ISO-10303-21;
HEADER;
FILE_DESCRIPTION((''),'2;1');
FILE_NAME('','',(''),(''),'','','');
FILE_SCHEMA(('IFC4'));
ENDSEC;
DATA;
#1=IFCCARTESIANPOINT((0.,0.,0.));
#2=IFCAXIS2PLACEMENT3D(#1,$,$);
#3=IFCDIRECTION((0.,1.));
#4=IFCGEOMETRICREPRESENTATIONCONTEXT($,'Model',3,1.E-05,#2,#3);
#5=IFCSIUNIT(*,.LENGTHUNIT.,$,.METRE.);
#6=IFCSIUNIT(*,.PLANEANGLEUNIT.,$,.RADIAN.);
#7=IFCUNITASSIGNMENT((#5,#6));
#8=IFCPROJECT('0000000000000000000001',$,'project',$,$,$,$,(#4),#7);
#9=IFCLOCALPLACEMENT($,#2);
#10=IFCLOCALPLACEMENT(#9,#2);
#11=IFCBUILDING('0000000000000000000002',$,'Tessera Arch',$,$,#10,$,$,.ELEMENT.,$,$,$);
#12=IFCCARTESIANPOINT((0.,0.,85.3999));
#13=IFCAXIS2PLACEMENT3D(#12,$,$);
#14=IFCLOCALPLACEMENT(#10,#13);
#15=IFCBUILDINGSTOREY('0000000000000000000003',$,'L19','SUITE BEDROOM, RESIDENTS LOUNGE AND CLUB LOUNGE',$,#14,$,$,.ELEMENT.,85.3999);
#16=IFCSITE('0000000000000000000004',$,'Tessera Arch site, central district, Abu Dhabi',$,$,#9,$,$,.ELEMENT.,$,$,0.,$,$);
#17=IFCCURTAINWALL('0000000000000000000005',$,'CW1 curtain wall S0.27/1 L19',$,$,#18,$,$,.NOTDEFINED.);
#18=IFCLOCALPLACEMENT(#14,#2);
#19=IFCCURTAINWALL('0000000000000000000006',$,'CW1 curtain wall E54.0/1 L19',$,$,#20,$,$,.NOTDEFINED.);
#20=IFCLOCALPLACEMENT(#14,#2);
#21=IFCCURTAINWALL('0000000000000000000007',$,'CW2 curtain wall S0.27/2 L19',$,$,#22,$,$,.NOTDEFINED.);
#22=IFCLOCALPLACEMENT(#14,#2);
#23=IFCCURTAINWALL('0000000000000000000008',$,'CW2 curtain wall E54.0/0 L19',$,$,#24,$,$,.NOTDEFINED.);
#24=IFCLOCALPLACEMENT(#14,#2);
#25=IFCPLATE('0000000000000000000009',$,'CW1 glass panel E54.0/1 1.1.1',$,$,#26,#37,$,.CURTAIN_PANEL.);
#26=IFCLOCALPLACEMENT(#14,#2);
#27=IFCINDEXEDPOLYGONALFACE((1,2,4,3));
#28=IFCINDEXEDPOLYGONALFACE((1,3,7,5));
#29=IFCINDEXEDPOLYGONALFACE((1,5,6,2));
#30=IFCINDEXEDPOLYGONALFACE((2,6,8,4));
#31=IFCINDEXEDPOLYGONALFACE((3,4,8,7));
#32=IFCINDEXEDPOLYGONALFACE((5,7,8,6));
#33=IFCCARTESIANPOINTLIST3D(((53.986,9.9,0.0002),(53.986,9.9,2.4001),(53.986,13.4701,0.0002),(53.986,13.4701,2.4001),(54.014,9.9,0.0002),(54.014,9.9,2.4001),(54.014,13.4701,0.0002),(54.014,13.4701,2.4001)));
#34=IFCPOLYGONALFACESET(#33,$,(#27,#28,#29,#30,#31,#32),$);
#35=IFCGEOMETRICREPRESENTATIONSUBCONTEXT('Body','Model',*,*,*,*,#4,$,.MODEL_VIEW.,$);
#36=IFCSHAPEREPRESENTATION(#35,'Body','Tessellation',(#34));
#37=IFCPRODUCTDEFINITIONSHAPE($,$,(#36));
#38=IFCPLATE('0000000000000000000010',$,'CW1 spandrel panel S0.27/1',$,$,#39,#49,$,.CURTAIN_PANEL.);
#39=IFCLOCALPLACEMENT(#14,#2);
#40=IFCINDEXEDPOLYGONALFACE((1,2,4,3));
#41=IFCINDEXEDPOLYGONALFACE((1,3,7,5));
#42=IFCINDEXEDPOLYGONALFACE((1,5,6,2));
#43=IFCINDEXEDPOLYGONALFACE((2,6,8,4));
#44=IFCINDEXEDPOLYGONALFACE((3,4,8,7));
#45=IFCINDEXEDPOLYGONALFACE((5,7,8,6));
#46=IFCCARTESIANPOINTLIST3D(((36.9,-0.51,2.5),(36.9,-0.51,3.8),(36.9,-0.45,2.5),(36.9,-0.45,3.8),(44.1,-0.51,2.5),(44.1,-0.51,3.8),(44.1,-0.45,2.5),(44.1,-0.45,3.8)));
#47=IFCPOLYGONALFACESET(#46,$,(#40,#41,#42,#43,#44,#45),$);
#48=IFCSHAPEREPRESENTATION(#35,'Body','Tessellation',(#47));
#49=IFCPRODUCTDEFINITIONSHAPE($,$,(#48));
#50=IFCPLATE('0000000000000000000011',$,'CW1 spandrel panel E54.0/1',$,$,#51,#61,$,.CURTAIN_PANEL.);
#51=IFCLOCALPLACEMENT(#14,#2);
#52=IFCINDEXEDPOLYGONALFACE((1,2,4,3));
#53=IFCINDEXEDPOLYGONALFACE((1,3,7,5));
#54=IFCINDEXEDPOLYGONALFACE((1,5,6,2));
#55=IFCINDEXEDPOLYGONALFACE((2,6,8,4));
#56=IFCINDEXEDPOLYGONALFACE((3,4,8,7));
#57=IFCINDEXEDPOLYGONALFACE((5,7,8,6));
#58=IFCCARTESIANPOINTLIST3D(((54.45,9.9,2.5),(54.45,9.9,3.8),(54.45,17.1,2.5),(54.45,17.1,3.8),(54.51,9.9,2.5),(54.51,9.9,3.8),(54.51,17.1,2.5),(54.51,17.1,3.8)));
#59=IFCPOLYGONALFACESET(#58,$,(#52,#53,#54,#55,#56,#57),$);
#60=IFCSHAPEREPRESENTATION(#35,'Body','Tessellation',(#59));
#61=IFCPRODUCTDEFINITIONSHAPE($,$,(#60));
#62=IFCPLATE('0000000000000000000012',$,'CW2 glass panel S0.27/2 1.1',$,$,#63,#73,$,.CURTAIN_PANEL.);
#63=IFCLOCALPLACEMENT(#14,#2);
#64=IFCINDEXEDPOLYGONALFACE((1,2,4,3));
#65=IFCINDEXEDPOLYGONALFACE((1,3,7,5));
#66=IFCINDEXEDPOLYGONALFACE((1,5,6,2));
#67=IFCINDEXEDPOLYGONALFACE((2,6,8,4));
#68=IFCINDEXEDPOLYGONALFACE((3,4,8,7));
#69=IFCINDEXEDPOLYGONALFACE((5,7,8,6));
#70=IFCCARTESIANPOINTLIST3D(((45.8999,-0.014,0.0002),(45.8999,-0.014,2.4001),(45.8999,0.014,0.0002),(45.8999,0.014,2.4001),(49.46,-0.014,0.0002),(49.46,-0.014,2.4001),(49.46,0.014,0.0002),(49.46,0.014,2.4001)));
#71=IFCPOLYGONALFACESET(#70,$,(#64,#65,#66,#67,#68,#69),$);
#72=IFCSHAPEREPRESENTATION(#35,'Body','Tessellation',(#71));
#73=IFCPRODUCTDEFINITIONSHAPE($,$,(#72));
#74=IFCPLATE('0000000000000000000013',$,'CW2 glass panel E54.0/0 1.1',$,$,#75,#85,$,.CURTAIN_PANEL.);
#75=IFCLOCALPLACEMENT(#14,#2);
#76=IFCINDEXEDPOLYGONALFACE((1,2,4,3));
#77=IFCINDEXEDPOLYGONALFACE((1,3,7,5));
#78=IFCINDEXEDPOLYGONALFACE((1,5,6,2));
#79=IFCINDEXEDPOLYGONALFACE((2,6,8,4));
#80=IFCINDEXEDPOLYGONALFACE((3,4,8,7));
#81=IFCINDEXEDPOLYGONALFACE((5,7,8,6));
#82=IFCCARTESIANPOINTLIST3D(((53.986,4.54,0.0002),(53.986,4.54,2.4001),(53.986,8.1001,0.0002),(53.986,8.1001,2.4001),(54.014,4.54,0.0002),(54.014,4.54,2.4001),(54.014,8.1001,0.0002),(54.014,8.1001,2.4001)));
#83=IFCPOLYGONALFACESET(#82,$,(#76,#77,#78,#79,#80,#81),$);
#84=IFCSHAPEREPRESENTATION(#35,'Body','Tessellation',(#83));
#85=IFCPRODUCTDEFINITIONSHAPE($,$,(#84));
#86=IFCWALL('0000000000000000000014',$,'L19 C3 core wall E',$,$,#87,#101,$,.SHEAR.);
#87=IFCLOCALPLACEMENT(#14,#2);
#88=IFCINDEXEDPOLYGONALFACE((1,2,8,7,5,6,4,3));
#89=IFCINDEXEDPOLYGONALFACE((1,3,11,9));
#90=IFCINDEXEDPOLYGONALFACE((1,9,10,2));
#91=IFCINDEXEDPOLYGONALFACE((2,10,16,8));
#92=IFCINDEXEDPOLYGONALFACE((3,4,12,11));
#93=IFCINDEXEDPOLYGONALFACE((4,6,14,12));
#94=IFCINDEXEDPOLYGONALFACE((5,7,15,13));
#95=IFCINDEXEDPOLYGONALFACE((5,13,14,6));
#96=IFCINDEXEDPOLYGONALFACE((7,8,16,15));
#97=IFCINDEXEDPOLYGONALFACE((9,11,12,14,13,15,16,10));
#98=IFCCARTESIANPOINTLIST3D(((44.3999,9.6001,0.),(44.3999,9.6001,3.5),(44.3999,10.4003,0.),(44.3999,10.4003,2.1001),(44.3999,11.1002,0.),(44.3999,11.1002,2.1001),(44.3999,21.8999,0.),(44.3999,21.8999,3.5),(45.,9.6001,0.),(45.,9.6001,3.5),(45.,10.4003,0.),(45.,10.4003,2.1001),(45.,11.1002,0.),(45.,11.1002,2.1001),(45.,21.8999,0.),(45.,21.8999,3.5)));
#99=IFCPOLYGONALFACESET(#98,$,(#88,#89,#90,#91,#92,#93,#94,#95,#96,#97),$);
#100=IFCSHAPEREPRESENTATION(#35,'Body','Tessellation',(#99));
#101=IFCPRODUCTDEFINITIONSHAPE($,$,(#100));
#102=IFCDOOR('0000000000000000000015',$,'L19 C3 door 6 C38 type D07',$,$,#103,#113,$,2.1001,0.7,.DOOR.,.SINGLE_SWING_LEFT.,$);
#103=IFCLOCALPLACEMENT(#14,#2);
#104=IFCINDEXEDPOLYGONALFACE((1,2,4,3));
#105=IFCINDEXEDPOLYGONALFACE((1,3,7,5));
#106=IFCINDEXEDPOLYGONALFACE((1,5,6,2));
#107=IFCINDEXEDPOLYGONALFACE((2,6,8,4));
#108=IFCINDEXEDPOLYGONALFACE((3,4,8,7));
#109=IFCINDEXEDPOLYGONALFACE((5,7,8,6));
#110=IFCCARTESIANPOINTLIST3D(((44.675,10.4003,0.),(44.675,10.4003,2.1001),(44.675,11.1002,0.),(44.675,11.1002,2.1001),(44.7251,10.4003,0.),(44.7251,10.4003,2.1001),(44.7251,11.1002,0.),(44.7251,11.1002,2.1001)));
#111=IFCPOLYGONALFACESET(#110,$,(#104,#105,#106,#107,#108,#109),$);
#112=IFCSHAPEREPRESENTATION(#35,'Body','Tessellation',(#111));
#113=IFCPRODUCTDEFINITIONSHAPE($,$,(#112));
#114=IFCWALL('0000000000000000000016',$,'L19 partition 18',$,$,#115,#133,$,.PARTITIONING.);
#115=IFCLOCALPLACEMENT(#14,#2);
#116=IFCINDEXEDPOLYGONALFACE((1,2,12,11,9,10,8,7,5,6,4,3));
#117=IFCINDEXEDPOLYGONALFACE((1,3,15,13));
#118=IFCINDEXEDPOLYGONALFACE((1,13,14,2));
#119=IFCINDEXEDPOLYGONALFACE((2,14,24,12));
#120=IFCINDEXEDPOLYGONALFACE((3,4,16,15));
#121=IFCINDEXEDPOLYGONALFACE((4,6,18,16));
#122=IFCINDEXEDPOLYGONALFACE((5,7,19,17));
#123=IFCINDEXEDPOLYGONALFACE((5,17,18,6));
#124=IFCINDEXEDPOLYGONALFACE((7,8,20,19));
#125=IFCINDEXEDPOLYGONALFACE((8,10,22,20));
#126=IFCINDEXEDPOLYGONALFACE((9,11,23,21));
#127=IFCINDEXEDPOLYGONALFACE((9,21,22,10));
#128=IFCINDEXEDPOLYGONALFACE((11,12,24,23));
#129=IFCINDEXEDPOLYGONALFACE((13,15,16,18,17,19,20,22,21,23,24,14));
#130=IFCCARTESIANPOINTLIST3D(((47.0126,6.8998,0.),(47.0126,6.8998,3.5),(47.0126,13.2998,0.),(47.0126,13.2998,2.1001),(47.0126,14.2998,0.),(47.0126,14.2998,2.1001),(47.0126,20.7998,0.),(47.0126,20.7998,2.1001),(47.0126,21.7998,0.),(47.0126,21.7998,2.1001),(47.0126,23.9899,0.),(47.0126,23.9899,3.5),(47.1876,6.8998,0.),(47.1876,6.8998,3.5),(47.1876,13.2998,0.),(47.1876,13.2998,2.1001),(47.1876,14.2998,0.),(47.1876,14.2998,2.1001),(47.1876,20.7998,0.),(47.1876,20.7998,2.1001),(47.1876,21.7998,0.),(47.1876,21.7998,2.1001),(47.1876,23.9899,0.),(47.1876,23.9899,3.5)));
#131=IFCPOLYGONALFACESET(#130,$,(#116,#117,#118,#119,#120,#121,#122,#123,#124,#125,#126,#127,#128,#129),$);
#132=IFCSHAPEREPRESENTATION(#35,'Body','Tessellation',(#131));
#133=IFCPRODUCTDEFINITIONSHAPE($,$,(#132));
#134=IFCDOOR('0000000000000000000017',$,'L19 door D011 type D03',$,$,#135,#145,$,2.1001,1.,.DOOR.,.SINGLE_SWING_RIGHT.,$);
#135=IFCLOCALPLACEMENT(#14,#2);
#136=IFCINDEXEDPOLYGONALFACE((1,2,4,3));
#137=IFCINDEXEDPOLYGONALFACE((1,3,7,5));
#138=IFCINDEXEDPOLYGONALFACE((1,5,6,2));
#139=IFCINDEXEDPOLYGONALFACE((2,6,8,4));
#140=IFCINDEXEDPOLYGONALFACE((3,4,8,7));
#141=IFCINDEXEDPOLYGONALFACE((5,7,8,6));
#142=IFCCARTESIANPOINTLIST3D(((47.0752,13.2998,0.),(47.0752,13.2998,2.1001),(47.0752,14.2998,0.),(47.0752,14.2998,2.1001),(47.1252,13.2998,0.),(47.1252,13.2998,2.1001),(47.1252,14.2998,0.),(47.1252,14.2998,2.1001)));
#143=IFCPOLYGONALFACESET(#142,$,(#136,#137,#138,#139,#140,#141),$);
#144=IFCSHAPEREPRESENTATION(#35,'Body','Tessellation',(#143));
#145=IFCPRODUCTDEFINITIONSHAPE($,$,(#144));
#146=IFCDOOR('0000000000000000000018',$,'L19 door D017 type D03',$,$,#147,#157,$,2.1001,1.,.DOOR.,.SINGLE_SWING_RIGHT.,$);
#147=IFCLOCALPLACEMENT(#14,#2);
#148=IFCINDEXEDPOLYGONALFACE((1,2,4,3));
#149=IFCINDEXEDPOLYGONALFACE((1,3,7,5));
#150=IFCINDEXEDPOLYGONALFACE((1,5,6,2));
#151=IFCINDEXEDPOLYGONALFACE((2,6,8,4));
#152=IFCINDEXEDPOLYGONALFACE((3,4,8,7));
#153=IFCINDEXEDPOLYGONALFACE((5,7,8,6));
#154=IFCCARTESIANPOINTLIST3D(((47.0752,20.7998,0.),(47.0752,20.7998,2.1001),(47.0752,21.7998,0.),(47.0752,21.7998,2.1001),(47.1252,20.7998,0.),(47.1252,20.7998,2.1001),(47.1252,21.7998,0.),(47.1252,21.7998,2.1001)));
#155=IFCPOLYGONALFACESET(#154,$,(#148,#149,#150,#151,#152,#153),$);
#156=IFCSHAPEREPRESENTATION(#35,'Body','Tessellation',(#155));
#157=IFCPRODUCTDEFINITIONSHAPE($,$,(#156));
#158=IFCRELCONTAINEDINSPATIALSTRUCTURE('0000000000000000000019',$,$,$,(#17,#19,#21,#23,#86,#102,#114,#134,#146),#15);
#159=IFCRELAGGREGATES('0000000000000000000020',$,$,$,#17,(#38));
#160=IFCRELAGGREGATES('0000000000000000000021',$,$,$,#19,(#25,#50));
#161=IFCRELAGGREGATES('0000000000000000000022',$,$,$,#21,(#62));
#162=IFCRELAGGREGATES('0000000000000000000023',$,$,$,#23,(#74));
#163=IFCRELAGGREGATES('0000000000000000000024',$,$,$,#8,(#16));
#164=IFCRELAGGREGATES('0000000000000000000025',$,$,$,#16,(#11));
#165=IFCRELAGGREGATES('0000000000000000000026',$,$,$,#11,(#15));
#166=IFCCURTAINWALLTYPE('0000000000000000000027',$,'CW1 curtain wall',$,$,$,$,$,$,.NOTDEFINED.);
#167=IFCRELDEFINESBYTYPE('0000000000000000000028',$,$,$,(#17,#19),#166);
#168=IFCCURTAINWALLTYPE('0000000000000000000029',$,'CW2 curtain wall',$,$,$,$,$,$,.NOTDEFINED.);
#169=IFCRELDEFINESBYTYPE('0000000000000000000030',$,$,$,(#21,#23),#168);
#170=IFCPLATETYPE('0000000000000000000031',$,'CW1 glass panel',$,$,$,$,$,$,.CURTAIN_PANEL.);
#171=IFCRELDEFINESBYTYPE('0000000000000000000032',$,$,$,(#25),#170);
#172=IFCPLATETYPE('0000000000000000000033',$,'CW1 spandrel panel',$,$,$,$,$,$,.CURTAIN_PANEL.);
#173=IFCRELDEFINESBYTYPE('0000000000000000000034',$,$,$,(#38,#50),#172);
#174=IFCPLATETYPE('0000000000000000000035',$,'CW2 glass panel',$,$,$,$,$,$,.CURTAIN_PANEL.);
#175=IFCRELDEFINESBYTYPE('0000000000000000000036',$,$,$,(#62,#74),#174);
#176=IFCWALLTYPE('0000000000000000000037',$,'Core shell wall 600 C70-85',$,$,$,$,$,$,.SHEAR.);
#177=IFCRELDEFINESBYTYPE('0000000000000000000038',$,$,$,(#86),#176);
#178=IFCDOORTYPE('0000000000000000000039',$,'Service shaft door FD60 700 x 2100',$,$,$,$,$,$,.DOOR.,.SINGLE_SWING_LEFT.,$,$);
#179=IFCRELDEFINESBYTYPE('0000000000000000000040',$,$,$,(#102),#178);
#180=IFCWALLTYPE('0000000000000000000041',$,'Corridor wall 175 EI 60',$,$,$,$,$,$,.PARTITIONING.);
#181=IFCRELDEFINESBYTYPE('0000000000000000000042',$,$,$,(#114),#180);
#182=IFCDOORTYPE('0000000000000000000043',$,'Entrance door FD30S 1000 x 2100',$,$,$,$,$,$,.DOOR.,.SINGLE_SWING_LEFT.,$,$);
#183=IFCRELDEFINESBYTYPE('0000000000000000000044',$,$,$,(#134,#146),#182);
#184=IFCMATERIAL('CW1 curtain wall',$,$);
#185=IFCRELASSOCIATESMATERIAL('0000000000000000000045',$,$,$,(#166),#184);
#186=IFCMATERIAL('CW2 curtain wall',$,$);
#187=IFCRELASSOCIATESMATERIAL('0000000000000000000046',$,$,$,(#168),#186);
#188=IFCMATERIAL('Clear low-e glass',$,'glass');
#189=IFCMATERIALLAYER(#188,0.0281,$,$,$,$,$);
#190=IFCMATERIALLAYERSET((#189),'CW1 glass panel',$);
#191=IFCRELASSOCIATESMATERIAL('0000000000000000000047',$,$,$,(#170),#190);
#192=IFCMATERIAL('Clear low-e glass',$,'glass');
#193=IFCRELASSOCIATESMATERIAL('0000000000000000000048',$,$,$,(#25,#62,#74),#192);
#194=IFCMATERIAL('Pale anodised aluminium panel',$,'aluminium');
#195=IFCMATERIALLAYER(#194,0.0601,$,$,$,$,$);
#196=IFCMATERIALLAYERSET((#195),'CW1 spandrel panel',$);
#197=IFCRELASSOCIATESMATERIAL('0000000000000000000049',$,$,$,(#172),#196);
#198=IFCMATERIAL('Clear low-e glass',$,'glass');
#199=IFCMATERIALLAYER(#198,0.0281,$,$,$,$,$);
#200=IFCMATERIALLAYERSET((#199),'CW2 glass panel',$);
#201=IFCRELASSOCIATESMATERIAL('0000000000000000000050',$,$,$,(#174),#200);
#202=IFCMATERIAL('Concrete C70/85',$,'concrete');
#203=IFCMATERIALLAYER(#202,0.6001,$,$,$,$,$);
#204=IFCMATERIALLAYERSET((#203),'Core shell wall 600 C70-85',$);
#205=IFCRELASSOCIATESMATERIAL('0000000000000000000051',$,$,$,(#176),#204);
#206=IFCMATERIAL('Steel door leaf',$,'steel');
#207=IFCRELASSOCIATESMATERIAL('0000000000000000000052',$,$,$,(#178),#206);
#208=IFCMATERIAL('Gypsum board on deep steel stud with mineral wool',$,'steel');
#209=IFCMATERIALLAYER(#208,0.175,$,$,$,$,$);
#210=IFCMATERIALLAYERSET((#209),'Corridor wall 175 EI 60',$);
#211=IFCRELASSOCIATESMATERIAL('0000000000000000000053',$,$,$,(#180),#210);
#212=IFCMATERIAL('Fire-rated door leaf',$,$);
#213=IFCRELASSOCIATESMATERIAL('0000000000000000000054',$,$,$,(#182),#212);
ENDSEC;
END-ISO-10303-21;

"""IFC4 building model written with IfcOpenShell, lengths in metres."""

from ifc_helpers import new_model, si_unit, direction, frame, frame_2d, origin, origin_2d, place, context, subcontext, project, spatial, rectangle, extrude, material, layer, layer_set, type_object, element, fill, aggregate, save


model = new_model("IFC4")

# Units and contexts
model_context = context("Model", 3, precision=1e-05, world=origin(), true_north=direction((0.0, 1.0)))
body_context = subcontext(model_context, "Body", "Model", "MODEL_VIEW")
ifc_project = project(units=[si_unit("LENGTHUNIT", "METRE"), si_unit("PLANEANGLEUNIT", "RADIAN")], contexts=[model_context])

# Site, building, storey
site_placement = place(None, origin())
site = spatial("IfcSite", under=ifc_project, at=site_placement, Name="Tessera Arch site, central district, Abu Dhabi", CompositionType="ELEMENT", RefElevation=0.0)
building_placement = place(site_placement, origin())
building = spatial("IfcBuilding", under=site, at=building_placement, Name="Tessera Arch", CompositionType="ELEMENT")
storey_placement = place(building_placement, frame((0.0, 0.0, 85.3999)))
storey = spatial("IfcBuildingStorey", under=building, at=storey_placement, Name="L19", Description="SUITE BEDROOM, RESIDENTS LOUNGE AND CLUB LOUNGE", CompositionType="ELEMENT", Elevation=85.3999)

# Curtain wall
ifc_material_1 = material(Name="CW1 curtain wall")
curtain_wall_type_1 = type_object("IfcCurtainWallType", Name="CW1 curtain wall", PredefinedType="NOTDEFINED", material=ifc_material_1)
curtain_wall_1_placement = place(storey_placement, origin())
curtain_wall_1 = element("IfcCurtainWall", 1, at=curtain_wall_1_placement, inside=storey, type_object=curtain_wall_type_1, Name="CW1 curtain wall S0.27/1 L19", PredefinedType="NOTDEFINED")

# Curtain wall
curtain_wall_2_placement = place(storey_placement, origin())
curtain_wall_2 = element("IfcCurtainWall", 2, at=curtain_wall_2_placement, inside=storey, type_object=curtain_wall_type_1, Name="CW1 curtain wall E54.0/1 L19", PredefinedType="NOTDEFINED")

# Curtain walls
ifc_material_2 = material(Name="CW2 curtain wall")
curtain_wall_type_2 = type_object("IfcCurtainWallType", Name="CW2 curtain wall", PredefinedType="NOTDEFINED", material=ifc_material_2)
curtain_wall_3_placement = place(storey_placement, origin())
curtain_wall_3 = element("IfcCurtainWall", 3, at=curtain_wall_3_placement, inside=storey, type_object=curtain_wall_type_2, Name="CW2 curtain wall S0.27/2 L19", PredefinedType="NOTDEFINED")
curtain_wall_4_placement = place(storey_placement, origin())
curtain_wall_4 = element("IfcCurtainWall", 4, at=curtain_wall_4_placement, inside=storey, type_object=curtain_wall_type_2, Name="CW2 curtain wall E54.0/0 L19", PredefinedType="NOTDEFINED")

# Plates
ifc_material_3 = material(Name="Clear low-e glass", Category="glass")
ifc_material_4 = material(Name="Clear low-e glass", Category="glass")
ifc_layer_1 = layer(ifc_material_4, 0.0281)
ifc_layer_set_1 = layer_set([ifc_layer_1], Name="CW1 glass panel")
plate_type_1 = type_object("IfcPlateType", Name="CW1 glass panel", PredefinedType="CURTAIN_PANEL", material=ifc_layer_set_1)
plate_1_placement = place(storey_placement, frame((54.0, 11.6851, 0.0002), z_axis=(0.0, 0.0, 1.0), x_axis=(0.0, 1.0, 0.0)))
plate_1 = element("IfcPlate", 5, at=plate_1_placement, type_object=plate_type_1, material=ifc_material_3, Name="CW1 glass panel E54.0/1 1.1.1", PredefinedType="CURTAIN_PANEL", context=body_context, shape_type="SweptSolid", body=[
    extrude(rectangle(XDim=3.5701, YDim=0.0281, at=origin_2d()), origin(), (0.0, 0.0, 1.0), 2.3999),
])
ifc_material_5 = material(Name="Pale anodised aluminium panel", Category="aluminium")
ifc_layer_2 = layer(ifc_material_5, 0.0601)
ifc_layer_set_2 = layer_set([ifc_layer_2], Name="CW1 spandrel panel")
plate_type_2 = type_object("IfcPlateType", Name="CW1 spandrel panel", PredefinedType="CURTAIN_PANEL", material=ifc_layer_set_2)
plate_2_placement = place(storey_placement, frame((40.5, -0.48, 2.5), z_axis=(0.0, 0.0, 1.0), x_axis=(1.0, 0.0, 0.0)))
plate_2 = element("IfcPlate", 6, at=plate_2_placement, type_object=plate_type_2, Name="CW1 spandrel panel S0.27/1", PredefinedType="CURTAIN_PANEL", context=body_context, shape_type="SweptSolid", body=[
    extrude(rectangle(XDim=7.2, YDim=0.0601, at=origin_2d()), origin(), (0.0, 0.0, 1.0), 1.3),
])
aggregate(curtain_wall_1, [plate_2])
plate_3_placement = place(storey_placement, frame((54.48, 13.5, 2.5), z_axis=(0.0, 0.0, 1.0), x_axis=(0.0, 1.0, 0.0)))
plate_3 = element("IfcPlate", 7, at=plate_3_placement, type_object=plate_type_2, Name="CW1 spandrel panel E54.0/1", PredefinedType="CURTAIN_PANEL", context=body_context, shape_type="SweptSolid", body=[
    extrude(rectangle(XDim=7.2, YDim=0.0601, at=origin_2d()), origin(), (0.0, 0.0, 1.0), 1.3),
])
aggregate(curtain_wall_2, [plate_1, plate_3])
ifc_material_6 = material(Name="Clear low-e glass", Category="glass")
ifc_layer_3 = layer(ifc_material_6, 0.0281)
ifc_layer_set_3 = layer_set([ifc_layer_3], Name="CW2 glass panel")
plate_type_3 = type_object("IfcPlateType", Name="CW2 glass panel", PredefinedType="CURTAIN_PANEL", material=ifc_layer_set_3)
plate_4_placement = place(storey_placement, frame((47.6799, 0.0, 0.0002), z_axis=(0.0, 0.0, 1.0), x_axis=(1.0, 0.0, 0.0)))
plate_4 = element("IfcPlate", 8, at=plate_4_placement, type_object=plate_type_3, material=ifc_material_3, Name="CW2 glass panel S0.27/2 1.1", PredefinedType="CURTAIN_PANEL", context=body_context, shape_type="SweptSolid", body=[
    extrude(rectangle(XDim=3.5601, YDim=0.0281, at=origin_2d()), origin(), (0.0, 0.0, 1.0), 2.3999),
])
aggregate(curtain_wall_3, [plate_4])
plate_5_placement = place(storey_placement, frame((54.0, 6.3201, 0.0002), z_axis=(0.0, 0.0, 1.0), x_axis=(0.0, 1.0, 0.0)))
plate_5 = element("IfcPlate", 9, at=plate_5_placement, type_object=plate_type_3, material=ifc_material_3, Name="CW2 glass panel E54.0/0 1.1", PredefinedType="CURTAIN_PANEL", context=body_context, shape_type="SweptSolid", body=[
    extrude(rectangle(XDim=3.5601, YDim=0.0281, at=origin_2d()), origin(), (0.0, 0.0, 1.0), 2.3999),
])
aggregate(curtain_wall_4, [plate_5])

# Wall, opening, door
ifc_material_7 = material(Name="Concrete C70/85", Category="concrete")
ifc_layer_4 = layer(ifc_material_7, 0.6001)
ifc_layer_set_4 = layer_set([ifc_layer_4], Name="Core shell wall 600 C70-85")
wall_type_1 = type_object("IfcWallType", Name="Core shell wall 600 C70-85", PredefinedType="SHEAR", material=ifc_layer_set_4)
wall_1_placement = place(storey_placement, frame((44.7, 9.6001, 0.0), z_axis=(0.0, 0.0, 1.0), x_axis=(0.0, 1.0, 0.0)))
wall_1 = element("IfcWall", 10, at=wall_1_placement, inside=storey, type_object=wall_type_1, Name="L19 C3 core wall E", PredefinedType="SHEAR", context=body_context, shape_type="SweptSolid", body=[
    extrude(rectangle(XDim=12.2998, YDim=0.6001, at=frame_2d((6.1499, 0.0))), origin(), (0.0, 0.0, 1.0), 3.5),
])
opening_1_placement = place(wall_1_placement, frame((0.8, 0.0, 0.0)))
opening_1 = element("IfcOpeningElement", 11, at=opening_1_placement, cuts=wall_1, PredefinedType="OPENING", context=body_context, shape_type="SweptSolid", body=[
    extrude(rectangle(XDim=0.7, YDim=2.1001, at=frame_2d((0.3501, 1.05))), frame((0.0, 0.3101, 0.0), z_axis=(0.0, -1.0, 0.0), x_axis=(1.0, 0.0, 0.0)), (0.0, 0.0, 1.0), 0.6201),
])
ifc_material_8 = material(Name="Steel door leaf", Category="steel")
door_type_1 = type_object("IfcDoorType", Name="Service shaft door FD60 700 x 2100", OperationType="SINGLE_SWING_LEFT", PredefinedType="DOOR", material=ifc_material_8)
door_1_placement = place(opening_1_placement, origin())
door_1 = element("IfcDoor", 12, at=door_1_placement, inside=storey, type_object=door_type_1, Name="L19 C3 door 6 C38 type D07", OperationType="SINGLE_SWING_LEFT", OverallHeight=2.1001, OverallWidth=0.7, PredefinedType="DOOR", context=body_context, shape_type="SweptSolid", body=[
    extrude(rectangle(XDim=0.7, YDim=2.1001, at=frame_2d((0.3501, 1.05))), frame((0.0, 0.0249, 0.0), z_axis=(0.0, -1.0, 0.0), x_axis=(1.0, 0.0, 0.0)), (0.0, 0.0, 1.0), 0.05),
])
fill(opening_1, door_1)

# Wall, openings, doors
ifc_material_9 = material(Name="Gypsum board on deep steel stud with mineral wool", Category="steel")
ifc_layer_5 = layer(ifc_material_9, 0.175)
ifc_layer_set_5 = layer_set([ifc_layer_5], Name="Corridor wall 175 EI 60")
wall_type_2 = type_object("IfcWallType", Name="Corridor wall 175 EI 60", PredefinedType="PARTITIONING", material=ifc_layer_set_5)
wall_2_placement = place(storey_placement, frame((47.1001, 6.8999, 0.0), z_axis=(0.0, 0.0, 1.0), x_axis=(0.0, 1.0, 0.0)))
wall_2 = element("IfcWall", 13, at=wall_2_placement, inside=storey, type_object=wall_type_2, Name="L19 partition 18", PredefinedType="PARTITIONING", context=body_context, shape_type="SweptSolid", body=[
    extrude(rectangle(XDim=17.0901, YDim=0.175, at=frame_2d((8.5449, 0.0))), origin(), (0.0, 0.0, 1.0), 3.5),
])
opening_2_placement = place(wall_2_placement, frame((6.3999, 0.0, 0.0)))
opening_2 = element("IfcOpeningElement", 14, at=opening_2_placement, cuts=wall_2, PredefinedType="OPENING", context=body_context, shape_type="SweptSolid", body=[
    extrude(rectangle(XDim=1.0, YDim=2.1001, at=frame_2d((0.5, 1.05))), frame((0.0, 0.0974, 0.0), z_axis=(0.0, -1.0, 0.0), x_axis=(1.0, 0.0, 0.0)), (0.0, 0.0, 1.0), 0.1951),
])
opening_3_placement = place(wall_2_placement, frame((13.8999, 0.0, 0.0)))
opening_3 = element("IfcOpeningElement", 15, at=opening_3_placement, cuts=wall_2, PredefinedType="OPENING", context=body_context, shape_type="SweptSolid", body=[
    extrude(rectangle(XDim=1.0, YDim=2.1001, at=frame_2d((0.5, 1.05))), frame((0.0, 0.0974, 0.0), z_axis=(0.0, -1.0, 0.0), x_axis=(1.0, 0.0, 0.0)), (0.0, 0.0, 1.0), 0.1951),
])
ifc_material_10 = material(Name="Fire-rated door leaf")
door_type_2 = type_object("IfcDoorType", Name="Entrance door FD30S 1000 x 2100", OperationType="SINGLE_SWING_LEFT", PredefinedType="DOOR", material=ifc_material_10)
door_2_placement = place(opening_2_placement, origin())
door_2 = element("IfcDoor", 16, at=door_2_placement, inside=storey, type_object=door_type_2, Name="L19 door D011 type D03", OperationType="SINGLE_SWING_RIGHT", OverallHeight=2.1001, OverallWidth=1.0, PredefinedType="DOOR", context=body_context, shape_type="SweptSolid", body=[
    extrude(rectangle(XDim=1.0, YDim=2.1001, at=frame_2d((0.5, 1.05))), frame((0.0, 0.0249, 0.0), z_axis=(0.0, -1.0, 0.0), x_axis=(1.0, 0.0, 0.0)), (0.0, 0.0, 1.0), 0.05),
])
fill(opening_2, door_2)
door_3_placement = place(opening_3_placement, origin())
door_3 = element("IfcDoor", 17, at=door_3_placement, inside=storey, type_object=door_type_2, Name="L19 door D017 type D03", OperationType="SINGLE_SWING_RIGHT", OverallHeight=2.1001, OverallWidth=1.0, PredefinedType="DOOR", context=body_context, shape_type="SweptSolid", body=[
    extrude(rectangle(XDim=1.0, YDim=2.1001, at=frame_2d((0.5, 1.05))), frame((0.0, 0.0249, 0.0), z_axis=(0.0, -1.0, 0.0), x_axis=(1.0, 0.0, 0.0)), (0.0, 0.0, 1.0), 0.05),
])
fill(opening_3, door_3)

save(model, "model.ifc")
